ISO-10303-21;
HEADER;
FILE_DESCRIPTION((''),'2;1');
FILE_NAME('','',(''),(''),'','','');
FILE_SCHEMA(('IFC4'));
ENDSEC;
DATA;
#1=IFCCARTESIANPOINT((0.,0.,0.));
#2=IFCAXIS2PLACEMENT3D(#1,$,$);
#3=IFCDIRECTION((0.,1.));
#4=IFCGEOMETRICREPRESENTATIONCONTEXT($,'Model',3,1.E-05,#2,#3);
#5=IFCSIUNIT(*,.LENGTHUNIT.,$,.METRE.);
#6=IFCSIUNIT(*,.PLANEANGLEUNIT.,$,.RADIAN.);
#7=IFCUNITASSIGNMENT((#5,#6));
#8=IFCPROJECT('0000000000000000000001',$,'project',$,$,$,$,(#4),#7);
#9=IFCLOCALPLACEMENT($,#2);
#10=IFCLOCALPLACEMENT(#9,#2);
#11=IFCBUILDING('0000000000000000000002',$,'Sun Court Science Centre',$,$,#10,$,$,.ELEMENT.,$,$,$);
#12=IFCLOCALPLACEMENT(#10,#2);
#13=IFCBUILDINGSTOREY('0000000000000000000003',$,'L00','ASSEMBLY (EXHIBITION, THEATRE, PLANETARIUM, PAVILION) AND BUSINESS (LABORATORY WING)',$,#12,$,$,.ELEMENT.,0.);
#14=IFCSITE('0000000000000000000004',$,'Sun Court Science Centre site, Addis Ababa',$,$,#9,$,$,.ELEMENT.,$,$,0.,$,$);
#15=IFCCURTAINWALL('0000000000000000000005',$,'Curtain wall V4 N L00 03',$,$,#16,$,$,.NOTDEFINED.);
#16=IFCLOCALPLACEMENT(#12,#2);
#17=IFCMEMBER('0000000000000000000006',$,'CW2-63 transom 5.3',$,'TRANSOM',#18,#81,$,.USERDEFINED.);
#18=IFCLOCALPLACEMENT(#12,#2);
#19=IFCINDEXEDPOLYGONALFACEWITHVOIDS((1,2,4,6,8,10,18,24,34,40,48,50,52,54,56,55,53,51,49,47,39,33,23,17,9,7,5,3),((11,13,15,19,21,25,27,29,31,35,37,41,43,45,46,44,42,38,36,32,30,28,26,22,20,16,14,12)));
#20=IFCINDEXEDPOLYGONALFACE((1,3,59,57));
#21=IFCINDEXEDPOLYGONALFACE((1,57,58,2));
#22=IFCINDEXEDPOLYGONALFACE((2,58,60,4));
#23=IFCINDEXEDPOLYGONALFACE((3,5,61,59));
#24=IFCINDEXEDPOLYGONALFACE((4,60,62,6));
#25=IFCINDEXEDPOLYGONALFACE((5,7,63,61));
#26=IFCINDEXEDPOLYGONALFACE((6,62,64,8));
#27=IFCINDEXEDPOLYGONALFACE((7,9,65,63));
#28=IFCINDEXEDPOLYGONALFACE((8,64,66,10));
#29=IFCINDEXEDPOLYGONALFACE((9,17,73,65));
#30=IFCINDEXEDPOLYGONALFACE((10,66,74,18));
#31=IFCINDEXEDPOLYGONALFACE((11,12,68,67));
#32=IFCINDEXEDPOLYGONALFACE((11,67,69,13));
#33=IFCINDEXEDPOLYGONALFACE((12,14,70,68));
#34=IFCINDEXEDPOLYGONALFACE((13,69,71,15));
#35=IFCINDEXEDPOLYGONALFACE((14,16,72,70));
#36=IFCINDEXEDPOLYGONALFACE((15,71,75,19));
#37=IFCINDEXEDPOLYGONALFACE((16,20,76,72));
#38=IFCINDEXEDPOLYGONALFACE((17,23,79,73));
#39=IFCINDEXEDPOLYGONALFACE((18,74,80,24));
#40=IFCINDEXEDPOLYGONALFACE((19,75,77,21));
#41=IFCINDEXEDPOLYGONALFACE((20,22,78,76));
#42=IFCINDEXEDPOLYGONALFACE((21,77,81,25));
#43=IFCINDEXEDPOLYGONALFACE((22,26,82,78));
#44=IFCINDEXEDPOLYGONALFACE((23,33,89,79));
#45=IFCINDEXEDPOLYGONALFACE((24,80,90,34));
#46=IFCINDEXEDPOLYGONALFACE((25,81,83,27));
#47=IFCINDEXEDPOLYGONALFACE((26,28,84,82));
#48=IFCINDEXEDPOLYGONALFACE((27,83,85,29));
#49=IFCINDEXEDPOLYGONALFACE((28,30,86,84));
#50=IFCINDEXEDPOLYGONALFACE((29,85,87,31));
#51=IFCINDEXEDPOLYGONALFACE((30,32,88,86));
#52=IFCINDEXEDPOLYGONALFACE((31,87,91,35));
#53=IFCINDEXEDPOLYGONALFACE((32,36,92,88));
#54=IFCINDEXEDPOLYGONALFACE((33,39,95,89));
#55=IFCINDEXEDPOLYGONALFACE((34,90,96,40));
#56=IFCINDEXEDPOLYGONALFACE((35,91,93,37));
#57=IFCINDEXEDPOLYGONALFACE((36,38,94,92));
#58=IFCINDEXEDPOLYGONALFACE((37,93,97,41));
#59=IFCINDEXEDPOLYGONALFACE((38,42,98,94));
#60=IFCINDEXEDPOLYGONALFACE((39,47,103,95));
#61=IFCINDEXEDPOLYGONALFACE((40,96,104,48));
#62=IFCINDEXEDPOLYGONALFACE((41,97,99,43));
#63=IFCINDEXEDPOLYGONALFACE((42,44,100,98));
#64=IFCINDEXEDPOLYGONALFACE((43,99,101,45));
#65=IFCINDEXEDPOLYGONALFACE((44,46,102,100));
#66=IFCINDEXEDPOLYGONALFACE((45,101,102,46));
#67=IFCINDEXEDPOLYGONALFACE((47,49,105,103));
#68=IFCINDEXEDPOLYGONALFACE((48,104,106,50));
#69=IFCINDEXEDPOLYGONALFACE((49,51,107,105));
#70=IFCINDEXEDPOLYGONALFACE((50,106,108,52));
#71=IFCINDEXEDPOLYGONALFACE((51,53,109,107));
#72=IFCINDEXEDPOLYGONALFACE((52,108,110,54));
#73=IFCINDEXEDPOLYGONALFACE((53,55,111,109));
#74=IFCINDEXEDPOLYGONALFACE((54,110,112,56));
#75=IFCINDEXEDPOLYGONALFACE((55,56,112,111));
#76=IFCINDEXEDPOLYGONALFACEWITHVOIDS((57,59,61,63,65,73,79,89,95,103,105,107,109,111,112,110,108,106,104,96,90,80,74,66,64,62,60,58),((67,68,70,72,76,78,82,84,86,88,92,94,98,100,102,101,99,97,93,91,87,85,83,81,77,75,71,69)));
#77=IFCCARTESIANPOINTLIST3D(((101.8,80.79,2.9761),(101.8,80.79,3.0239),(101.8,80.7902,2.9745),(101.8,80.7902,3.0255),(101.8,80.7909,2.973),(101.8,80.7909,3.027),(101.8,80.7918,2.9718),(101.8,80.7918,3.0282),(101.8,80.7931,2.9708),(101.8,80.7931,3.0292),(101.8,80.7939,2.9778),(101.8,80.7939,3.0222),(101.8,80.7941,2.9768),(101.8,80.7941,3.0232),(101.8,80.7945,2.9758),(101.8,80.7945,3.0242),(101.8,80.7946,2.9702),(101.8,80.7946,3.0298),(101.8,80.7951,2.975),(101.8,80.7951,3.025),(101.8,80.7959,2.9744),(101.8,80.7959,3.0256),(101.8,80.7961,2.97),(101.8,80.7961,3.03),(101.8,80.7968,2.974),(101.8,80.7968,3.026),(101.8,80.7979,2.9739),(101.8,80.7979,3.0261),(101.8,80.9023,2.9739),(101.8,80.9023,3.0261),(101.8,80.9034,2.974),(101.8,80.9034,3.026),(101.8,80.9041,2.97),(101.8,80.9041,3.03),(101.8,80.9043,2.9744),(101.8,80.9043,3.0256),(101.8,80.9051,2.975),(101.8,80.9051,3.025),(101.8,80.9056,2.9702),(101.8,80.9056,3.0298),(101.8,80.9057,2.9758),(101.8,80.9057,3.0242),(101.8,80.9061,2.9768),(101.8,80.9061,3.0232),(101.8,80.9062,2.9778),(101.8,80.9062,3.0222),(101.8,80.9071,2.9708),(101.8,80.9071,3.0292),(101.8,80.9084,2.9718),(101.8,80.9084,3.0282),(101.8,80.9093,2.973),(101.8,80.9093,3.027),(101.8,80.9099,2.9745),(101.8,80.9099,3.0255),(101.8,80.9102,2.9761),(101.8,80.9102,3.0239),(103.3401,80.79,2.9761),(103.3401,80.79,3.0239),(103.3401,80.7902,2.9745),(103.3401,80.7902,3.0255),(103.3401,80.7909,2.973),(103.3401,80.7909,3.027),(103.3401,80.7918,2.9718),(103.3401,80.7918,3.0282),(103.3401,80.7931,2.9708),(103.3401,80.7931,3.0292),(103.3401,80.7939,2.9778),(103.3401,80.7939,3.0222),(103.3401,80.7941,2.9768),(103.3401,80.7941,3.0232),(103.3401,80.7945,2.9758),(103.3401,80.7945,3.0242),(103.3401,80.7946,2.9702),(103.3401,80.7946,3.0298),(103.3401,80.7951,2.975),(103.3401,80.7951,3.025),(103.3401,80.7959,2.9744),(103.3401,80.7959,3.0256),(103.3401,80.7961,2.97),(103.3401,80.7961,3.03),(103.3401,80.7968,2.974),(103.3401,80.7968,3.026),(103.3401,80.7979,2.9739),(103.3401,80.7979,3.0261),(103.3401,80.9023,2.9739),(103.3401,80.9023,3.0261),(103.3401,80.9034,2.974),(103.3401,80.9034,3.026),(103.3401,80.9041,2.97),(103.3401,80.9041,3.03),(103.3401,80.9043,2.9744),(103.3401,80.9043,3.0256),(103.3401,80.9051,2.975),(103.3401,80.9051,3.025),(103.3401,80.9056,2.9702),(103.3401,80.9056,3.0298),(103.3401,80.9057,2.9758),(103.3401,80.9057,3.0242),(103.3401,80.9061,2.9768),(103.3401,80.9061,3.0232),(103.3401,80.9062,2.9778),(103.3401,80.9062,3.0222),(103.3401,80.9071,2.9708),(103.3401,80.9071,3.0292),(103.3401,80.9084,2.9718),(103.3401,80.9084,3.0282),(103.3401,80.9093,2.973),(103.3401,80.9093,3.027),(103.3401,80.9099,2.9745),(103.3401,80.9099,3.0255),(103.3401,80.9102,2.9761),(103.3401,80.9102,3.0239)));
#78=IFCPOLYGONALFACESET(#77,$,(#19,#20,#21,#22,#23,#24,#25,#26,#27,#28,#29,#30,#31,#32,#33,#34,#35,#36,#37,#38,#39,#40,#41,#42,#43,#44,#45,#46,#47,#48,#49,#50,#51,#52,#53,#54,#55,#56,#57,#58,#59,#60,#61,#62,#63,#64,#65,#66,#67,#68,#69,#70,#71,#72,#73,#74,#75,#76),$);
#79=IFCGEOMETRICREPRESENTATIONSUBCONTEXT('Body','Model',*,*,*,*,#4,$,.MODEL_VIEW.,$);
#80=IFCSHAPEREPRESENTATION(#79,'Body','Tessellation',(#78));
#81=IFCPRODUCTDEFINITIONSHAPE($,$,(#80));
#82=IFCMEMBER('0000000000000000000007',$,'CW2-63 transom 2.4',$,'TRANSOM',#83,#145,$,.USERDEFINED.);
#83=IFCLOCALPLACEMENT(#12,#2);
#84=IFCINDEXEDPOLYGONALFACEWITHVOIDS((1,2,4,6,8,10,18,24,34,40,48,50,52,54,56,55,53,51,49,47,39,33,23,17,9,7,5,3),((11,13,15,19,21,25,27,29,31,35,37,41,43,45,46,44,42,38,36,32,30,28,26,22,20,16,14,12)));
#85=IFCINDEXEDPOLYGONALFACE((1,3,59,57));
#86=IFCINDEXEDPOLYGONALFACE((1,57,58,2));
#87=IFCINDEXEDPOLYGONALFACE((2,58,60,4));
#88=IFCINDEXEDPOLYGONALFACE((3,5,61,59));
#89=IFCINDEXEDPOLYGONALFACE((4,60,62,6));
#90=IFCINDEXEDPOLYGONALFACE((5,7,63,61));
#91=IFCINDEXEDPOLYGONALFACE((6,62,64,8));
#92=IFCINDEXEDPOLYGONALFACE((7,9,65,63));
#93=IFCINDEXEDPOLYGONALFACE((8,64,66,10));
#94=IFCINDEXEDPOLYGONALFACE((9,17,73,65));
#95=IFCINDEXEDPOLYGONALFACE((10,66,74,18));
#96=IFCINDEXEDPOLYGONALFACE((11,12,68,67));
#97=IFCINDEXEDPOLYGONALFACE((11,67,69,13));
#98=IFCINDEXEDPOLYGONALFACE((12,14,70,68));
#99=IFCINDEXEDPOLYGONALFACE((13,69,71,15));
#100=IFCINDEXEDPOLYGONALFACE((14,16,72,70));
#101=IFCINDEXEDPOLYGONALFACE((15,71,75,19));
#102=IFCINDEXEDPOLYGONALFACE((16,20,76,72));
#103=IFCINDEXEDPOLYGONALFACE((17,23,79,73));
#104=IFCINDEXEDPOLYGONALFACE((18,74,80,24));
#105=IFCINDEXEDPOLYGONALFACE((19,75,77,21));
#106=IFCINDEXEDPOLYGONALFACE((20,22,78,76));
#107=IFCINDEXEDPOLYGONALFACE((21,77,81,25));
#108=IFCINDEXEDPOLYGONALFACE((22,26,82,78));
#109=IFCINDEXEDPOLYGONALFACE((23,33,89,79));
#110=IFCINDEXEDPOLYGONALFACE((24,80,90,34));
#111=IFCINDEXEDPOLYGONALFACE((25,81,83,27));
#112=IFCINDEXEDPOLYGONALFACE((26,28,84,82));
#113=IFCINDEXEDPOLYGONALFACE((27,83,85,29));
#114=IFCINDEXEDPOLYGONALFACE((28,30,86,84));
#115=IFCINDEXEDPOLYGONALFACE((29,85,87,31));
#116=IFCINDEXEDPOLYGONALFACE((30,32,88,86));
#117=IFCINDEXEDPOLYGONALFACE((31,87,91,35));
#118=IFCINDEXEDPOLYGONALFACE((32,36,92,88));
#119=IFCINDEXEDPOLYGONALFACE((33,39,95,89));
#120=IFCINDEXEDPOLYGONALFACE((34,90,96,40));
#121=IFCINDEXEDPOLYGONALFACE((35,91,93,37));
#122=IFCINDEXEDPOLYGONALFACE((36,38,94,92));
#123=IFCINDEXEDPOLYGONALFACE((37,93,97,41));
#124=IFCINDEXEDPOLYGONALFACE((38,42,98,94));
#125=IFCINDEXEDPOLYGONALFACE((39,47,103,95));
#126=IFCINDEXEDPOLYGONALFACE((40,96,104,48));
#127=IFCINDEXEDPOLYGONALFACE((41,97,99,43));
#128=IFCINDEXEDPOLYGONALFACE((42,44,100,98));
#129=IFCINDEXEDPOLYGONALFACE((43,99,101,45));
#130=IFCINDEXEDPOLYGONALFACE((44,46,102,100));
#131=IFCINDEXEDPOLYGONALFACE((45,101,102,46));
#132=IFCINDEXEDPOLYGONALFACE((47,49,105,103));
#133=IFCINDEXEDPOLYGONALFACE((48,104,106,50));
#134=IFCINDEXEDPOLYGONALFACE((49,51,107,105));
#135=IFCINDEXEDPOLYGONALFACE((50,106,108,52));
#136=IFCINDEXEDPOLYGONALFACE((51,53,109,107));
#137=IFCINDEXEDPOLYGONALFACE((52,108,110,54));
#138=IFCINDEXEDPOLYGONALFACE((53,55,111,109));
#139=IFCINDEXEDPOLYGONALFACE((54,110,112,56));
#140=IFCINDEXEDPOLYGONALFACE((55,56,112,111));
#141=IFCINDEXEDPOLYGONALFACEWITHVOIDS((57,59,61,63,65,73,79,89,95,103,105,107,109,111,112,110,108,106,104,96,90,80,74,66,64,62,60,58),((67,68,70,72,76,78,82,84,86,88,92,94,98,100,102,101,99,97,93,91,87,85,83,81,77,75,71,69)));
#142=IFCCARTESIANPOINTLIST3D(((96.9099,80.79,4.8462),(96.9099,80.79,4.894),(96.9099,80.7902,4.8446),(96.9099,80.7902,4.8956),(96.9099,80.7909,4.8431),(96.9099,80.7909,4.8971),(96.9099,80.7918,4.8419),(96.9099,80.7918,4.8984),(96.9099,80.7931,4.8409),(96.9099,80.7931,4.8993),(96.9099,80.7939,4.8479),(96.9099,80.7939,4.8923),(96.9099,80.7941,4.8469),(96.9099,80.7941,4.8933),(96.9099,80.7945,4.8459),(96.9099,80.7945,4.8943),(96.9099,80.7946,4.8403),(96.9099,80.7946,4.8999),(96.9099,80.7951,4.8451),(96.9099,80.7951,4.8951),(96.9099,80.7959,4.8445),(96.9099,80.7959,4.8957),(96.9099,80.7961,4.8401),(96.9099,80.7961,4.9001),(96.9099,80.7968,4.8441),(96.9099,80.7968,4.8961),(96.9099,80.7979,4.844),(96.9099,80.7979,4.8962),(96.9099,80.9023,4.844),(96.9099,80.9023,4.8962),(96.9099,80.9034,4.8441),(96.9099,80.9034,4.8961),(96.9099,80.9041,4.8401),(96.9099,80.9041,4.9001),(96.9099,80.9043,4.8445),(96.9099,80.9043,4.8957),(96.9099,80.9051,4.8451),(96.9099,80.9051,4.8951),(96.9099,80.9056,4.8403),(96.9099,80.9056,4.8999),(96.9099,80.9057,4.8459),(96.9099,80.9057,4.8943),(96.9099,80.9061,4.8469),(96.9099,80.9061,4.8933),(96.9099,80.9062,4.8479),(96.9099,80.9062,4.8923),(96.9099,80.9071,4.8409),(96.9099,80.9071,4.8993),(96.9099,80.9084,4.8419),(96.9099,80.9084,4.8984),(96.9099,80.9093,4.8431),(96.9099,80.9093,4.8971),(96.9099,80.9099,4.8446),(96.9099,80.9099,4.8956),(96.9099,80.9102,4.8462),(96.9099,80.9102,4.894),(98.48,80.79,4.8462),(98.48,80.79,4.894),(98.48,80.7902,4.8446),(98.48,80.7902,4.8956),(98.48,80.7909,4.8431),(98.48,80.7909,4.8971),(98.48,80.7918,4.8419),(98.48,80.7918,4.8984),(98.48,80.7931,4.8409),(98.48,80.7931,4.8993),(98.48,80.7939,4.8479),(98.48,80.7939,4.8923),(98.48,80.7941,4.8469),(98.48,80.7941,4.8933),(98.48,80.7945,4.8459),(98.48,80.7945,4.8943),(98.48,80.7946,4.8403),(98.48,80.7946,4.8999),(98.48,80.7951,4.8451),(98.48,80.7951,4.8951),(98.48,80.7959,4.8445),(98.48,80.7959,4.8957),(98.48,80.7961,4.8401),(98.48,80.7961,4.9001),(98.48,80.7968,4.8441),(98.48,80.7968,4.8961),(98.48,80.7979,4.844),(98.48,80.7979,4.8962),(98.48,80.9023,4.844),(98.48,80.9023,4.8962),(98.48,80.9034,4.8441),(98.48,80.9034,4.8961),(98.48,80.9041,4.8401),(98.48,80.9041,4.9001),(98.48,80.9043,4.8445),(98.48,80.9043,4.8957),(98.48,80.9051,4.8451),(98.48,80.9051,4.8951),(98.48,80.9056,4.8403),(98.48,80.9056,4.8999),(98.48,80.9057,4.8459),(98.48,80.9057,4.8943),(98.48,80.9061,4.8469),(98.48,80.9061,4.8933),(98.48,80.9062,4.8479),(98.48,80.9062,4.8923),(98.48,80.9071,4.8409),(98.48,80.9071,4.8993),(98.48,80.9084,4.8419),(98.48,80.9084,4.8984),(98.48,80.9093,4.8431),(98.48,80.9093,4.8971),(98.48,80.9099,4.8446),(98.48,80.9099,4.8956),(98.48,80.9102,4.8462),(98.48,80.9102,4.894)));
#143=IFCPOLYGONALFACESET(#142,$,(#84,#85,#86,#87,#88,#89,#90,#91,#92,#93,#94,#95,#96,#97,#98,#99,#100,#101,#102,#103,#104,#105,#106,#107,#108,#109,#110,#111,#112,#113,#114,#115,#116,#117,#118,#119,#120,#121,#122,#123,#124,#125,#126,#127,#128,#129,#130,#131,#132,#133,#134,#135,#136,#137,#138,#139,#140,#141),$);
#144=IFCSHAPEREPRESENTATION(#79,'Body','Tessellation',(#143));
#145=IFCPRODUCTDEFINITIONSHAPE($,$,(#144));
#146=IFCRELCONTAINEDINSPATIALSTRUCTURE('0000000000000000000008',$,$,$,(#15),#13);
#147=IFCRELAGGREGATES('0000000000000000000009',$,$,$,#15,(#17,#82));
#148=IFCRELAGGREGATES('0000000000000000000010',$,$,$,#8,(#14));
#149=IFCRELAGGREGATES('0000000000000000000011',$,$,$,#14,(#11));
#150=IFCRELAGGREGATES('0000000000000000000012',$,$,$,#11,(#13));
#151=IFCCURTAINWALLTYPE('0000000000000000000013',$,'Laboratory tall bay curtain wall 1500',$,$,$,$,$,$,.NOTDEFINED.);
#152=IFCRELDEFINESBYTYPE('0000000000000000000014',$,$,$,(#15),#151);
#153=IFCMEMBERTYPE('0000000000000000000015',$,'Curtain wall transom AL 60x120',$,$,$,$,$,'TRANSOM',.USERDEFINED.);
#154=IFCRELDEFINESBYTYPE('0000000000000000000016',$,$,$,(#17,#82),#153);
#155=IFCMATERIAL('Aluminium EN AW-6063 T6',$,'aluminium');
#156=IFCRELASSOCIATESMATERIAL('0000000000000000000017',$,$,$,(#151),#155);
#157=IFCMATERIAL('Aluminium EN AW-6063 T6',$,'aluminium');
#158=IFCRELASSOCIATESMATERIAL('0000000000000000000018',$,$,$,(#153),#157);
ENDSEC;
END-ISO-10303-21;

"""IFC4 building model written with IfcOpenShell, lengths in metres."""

from ifc_helpers import new_model, si_unit, direction, frame, origin, origin_2d, place, context, subcontext, project, spatial, hollow_rectangle, extrude, material, material_profile, profile_set, type_object, element, aggregate, save


model = new_model("IFC4")

# Units and contexts
model_context = context("Model", 3, precision=1e-05, world=origin(), true_north=direction((0.0, 1.0)))
body_context = subcontext(model_context, "Body", "Model", "MODEL_VIEW")
ifc_project = project(units=[si_unit("LENGTHUNIT", "METRE"), si_unit("PLANEANGLEUNIT", "RADIAN")], contexts=[model_context])

# Site, building, storey
site_placement = place(None, origin())
site = spatial("IfcSite", under=ifc_project, at=site_placement, Name="Sun Court Science Centre site, Addis Ababa", CompositionType="ELEMENT", RefElevation=0.0)
building_placement = place(site_placement, origin())
building = spatial("IfcBuilding", under=site, at=building_placement, Name="Sun Court Science Centre", CompositionType="ELEMENT")
storey_placement = place(building_placement, origin())
storey = spatial("IfcBuildingStorey", under=building, at=storey_placement, Name="L00", Description="ASSEMBLY (EXHIBITION, THEATRE, PLANETARIUM, PAVILION) AND BUSINESS (LABORATORY WING)", CompositionType="ELEMENT", Elevation=0.0)

# Curtain wall, members
ifc_material_1 = material(Name="Aluminium EN AW-6063 T6", Category="aluminium")
curtain_wall_type = type_object("IfcCurtainWallType", Name="Laboratory tall bay curtain wall 1500", PredefinedType="NOTDEFINED", material=ifc_material_1)
curtain_wall_placement = place(storey_placement, origin())
curtain_wall = element("IfcCurtainWall", 1, at=curtain_wall_placement, inside=storey, type_object=curtain_wall_type, Name="Curtain wall V4 N L00 03", PredefinedType="NOTDEFINED")
ifc_material_2 = material(Name="Aluminium EN AW-6063 T6", Category="aluminium")
ifc_material_profile_1 = material_profile(ifc_material_2, hollow_rectangle(XDim=0.0601, YDim=0.1201, WallThickness=0.0039, InnerFilletRadius=0.0039, OuterFilletRadius=0.0061, at=origin_2d()), Name="AL 60x120x4")
ifc_profile_set_1 = profile_set([ifc_material_profile_1], Name="Aluminium EN AW-6063 T6")
member_type_1 = type_object("IfcMemberType", Name="Curtain wall transom AL 60x120", ElementType="TRANSOM", PredefinedType="USERDEFINED", material=ifc_profile_set_1)
member_1_placement = place(storey_placement, frame((101.8, 80.8501, 3.0), z_axis=(1.0, 0.0, 0.0), x_axis=(0.0, 0.0, 1.0)))
member_1 = element("IfcMember", 2, at=member_1_placement, type_object=member_type_1, Name="CW2-63 transom 5.3", ObjectType="TRANSOM", PredefinedType="USERDEFINED", context=body_context, shape_type="SweptSolid", body=[
    extrude(hollow_rectangle(XDim=0.0601, YDim=0.1201, WallThickness=0.0039, InnerFilletRadius=0.0039, OuterFilletRadius=0.0061, at=origin_2d()), origin(), (0.0, 0.0, 1.0), 1.54),
])
member_2_placement = place(storey_placement, frame((96.9099, 80.8501, 4.8701), z_axis=(1.0, 0.0, 0.0), x_axis=(0.0, 0.0, 1.0)))
member_2 = element("IfcMember", 3, at=member_2_placement, type_object=member_type_1, Name="CW2-63 transom 2.4", ObjectType="TRANSOM", PredefinedType="USERDEFINED", context=body_context, shape_type="SweptSolid", body=[
    extrude(hollow_rectangle(XDim=0.0601, YDim=0.1201, WallThickness=0.0039, InnerFilletRadius=0.0039, OuterFilletRadius=0.0061, at=origin_2d()), origin(), (0.0, 0.0, 1.0), 1.5701),
])
aggregate(curtain_wall, [member_1, member_2])

save(model, "model.ifc")
